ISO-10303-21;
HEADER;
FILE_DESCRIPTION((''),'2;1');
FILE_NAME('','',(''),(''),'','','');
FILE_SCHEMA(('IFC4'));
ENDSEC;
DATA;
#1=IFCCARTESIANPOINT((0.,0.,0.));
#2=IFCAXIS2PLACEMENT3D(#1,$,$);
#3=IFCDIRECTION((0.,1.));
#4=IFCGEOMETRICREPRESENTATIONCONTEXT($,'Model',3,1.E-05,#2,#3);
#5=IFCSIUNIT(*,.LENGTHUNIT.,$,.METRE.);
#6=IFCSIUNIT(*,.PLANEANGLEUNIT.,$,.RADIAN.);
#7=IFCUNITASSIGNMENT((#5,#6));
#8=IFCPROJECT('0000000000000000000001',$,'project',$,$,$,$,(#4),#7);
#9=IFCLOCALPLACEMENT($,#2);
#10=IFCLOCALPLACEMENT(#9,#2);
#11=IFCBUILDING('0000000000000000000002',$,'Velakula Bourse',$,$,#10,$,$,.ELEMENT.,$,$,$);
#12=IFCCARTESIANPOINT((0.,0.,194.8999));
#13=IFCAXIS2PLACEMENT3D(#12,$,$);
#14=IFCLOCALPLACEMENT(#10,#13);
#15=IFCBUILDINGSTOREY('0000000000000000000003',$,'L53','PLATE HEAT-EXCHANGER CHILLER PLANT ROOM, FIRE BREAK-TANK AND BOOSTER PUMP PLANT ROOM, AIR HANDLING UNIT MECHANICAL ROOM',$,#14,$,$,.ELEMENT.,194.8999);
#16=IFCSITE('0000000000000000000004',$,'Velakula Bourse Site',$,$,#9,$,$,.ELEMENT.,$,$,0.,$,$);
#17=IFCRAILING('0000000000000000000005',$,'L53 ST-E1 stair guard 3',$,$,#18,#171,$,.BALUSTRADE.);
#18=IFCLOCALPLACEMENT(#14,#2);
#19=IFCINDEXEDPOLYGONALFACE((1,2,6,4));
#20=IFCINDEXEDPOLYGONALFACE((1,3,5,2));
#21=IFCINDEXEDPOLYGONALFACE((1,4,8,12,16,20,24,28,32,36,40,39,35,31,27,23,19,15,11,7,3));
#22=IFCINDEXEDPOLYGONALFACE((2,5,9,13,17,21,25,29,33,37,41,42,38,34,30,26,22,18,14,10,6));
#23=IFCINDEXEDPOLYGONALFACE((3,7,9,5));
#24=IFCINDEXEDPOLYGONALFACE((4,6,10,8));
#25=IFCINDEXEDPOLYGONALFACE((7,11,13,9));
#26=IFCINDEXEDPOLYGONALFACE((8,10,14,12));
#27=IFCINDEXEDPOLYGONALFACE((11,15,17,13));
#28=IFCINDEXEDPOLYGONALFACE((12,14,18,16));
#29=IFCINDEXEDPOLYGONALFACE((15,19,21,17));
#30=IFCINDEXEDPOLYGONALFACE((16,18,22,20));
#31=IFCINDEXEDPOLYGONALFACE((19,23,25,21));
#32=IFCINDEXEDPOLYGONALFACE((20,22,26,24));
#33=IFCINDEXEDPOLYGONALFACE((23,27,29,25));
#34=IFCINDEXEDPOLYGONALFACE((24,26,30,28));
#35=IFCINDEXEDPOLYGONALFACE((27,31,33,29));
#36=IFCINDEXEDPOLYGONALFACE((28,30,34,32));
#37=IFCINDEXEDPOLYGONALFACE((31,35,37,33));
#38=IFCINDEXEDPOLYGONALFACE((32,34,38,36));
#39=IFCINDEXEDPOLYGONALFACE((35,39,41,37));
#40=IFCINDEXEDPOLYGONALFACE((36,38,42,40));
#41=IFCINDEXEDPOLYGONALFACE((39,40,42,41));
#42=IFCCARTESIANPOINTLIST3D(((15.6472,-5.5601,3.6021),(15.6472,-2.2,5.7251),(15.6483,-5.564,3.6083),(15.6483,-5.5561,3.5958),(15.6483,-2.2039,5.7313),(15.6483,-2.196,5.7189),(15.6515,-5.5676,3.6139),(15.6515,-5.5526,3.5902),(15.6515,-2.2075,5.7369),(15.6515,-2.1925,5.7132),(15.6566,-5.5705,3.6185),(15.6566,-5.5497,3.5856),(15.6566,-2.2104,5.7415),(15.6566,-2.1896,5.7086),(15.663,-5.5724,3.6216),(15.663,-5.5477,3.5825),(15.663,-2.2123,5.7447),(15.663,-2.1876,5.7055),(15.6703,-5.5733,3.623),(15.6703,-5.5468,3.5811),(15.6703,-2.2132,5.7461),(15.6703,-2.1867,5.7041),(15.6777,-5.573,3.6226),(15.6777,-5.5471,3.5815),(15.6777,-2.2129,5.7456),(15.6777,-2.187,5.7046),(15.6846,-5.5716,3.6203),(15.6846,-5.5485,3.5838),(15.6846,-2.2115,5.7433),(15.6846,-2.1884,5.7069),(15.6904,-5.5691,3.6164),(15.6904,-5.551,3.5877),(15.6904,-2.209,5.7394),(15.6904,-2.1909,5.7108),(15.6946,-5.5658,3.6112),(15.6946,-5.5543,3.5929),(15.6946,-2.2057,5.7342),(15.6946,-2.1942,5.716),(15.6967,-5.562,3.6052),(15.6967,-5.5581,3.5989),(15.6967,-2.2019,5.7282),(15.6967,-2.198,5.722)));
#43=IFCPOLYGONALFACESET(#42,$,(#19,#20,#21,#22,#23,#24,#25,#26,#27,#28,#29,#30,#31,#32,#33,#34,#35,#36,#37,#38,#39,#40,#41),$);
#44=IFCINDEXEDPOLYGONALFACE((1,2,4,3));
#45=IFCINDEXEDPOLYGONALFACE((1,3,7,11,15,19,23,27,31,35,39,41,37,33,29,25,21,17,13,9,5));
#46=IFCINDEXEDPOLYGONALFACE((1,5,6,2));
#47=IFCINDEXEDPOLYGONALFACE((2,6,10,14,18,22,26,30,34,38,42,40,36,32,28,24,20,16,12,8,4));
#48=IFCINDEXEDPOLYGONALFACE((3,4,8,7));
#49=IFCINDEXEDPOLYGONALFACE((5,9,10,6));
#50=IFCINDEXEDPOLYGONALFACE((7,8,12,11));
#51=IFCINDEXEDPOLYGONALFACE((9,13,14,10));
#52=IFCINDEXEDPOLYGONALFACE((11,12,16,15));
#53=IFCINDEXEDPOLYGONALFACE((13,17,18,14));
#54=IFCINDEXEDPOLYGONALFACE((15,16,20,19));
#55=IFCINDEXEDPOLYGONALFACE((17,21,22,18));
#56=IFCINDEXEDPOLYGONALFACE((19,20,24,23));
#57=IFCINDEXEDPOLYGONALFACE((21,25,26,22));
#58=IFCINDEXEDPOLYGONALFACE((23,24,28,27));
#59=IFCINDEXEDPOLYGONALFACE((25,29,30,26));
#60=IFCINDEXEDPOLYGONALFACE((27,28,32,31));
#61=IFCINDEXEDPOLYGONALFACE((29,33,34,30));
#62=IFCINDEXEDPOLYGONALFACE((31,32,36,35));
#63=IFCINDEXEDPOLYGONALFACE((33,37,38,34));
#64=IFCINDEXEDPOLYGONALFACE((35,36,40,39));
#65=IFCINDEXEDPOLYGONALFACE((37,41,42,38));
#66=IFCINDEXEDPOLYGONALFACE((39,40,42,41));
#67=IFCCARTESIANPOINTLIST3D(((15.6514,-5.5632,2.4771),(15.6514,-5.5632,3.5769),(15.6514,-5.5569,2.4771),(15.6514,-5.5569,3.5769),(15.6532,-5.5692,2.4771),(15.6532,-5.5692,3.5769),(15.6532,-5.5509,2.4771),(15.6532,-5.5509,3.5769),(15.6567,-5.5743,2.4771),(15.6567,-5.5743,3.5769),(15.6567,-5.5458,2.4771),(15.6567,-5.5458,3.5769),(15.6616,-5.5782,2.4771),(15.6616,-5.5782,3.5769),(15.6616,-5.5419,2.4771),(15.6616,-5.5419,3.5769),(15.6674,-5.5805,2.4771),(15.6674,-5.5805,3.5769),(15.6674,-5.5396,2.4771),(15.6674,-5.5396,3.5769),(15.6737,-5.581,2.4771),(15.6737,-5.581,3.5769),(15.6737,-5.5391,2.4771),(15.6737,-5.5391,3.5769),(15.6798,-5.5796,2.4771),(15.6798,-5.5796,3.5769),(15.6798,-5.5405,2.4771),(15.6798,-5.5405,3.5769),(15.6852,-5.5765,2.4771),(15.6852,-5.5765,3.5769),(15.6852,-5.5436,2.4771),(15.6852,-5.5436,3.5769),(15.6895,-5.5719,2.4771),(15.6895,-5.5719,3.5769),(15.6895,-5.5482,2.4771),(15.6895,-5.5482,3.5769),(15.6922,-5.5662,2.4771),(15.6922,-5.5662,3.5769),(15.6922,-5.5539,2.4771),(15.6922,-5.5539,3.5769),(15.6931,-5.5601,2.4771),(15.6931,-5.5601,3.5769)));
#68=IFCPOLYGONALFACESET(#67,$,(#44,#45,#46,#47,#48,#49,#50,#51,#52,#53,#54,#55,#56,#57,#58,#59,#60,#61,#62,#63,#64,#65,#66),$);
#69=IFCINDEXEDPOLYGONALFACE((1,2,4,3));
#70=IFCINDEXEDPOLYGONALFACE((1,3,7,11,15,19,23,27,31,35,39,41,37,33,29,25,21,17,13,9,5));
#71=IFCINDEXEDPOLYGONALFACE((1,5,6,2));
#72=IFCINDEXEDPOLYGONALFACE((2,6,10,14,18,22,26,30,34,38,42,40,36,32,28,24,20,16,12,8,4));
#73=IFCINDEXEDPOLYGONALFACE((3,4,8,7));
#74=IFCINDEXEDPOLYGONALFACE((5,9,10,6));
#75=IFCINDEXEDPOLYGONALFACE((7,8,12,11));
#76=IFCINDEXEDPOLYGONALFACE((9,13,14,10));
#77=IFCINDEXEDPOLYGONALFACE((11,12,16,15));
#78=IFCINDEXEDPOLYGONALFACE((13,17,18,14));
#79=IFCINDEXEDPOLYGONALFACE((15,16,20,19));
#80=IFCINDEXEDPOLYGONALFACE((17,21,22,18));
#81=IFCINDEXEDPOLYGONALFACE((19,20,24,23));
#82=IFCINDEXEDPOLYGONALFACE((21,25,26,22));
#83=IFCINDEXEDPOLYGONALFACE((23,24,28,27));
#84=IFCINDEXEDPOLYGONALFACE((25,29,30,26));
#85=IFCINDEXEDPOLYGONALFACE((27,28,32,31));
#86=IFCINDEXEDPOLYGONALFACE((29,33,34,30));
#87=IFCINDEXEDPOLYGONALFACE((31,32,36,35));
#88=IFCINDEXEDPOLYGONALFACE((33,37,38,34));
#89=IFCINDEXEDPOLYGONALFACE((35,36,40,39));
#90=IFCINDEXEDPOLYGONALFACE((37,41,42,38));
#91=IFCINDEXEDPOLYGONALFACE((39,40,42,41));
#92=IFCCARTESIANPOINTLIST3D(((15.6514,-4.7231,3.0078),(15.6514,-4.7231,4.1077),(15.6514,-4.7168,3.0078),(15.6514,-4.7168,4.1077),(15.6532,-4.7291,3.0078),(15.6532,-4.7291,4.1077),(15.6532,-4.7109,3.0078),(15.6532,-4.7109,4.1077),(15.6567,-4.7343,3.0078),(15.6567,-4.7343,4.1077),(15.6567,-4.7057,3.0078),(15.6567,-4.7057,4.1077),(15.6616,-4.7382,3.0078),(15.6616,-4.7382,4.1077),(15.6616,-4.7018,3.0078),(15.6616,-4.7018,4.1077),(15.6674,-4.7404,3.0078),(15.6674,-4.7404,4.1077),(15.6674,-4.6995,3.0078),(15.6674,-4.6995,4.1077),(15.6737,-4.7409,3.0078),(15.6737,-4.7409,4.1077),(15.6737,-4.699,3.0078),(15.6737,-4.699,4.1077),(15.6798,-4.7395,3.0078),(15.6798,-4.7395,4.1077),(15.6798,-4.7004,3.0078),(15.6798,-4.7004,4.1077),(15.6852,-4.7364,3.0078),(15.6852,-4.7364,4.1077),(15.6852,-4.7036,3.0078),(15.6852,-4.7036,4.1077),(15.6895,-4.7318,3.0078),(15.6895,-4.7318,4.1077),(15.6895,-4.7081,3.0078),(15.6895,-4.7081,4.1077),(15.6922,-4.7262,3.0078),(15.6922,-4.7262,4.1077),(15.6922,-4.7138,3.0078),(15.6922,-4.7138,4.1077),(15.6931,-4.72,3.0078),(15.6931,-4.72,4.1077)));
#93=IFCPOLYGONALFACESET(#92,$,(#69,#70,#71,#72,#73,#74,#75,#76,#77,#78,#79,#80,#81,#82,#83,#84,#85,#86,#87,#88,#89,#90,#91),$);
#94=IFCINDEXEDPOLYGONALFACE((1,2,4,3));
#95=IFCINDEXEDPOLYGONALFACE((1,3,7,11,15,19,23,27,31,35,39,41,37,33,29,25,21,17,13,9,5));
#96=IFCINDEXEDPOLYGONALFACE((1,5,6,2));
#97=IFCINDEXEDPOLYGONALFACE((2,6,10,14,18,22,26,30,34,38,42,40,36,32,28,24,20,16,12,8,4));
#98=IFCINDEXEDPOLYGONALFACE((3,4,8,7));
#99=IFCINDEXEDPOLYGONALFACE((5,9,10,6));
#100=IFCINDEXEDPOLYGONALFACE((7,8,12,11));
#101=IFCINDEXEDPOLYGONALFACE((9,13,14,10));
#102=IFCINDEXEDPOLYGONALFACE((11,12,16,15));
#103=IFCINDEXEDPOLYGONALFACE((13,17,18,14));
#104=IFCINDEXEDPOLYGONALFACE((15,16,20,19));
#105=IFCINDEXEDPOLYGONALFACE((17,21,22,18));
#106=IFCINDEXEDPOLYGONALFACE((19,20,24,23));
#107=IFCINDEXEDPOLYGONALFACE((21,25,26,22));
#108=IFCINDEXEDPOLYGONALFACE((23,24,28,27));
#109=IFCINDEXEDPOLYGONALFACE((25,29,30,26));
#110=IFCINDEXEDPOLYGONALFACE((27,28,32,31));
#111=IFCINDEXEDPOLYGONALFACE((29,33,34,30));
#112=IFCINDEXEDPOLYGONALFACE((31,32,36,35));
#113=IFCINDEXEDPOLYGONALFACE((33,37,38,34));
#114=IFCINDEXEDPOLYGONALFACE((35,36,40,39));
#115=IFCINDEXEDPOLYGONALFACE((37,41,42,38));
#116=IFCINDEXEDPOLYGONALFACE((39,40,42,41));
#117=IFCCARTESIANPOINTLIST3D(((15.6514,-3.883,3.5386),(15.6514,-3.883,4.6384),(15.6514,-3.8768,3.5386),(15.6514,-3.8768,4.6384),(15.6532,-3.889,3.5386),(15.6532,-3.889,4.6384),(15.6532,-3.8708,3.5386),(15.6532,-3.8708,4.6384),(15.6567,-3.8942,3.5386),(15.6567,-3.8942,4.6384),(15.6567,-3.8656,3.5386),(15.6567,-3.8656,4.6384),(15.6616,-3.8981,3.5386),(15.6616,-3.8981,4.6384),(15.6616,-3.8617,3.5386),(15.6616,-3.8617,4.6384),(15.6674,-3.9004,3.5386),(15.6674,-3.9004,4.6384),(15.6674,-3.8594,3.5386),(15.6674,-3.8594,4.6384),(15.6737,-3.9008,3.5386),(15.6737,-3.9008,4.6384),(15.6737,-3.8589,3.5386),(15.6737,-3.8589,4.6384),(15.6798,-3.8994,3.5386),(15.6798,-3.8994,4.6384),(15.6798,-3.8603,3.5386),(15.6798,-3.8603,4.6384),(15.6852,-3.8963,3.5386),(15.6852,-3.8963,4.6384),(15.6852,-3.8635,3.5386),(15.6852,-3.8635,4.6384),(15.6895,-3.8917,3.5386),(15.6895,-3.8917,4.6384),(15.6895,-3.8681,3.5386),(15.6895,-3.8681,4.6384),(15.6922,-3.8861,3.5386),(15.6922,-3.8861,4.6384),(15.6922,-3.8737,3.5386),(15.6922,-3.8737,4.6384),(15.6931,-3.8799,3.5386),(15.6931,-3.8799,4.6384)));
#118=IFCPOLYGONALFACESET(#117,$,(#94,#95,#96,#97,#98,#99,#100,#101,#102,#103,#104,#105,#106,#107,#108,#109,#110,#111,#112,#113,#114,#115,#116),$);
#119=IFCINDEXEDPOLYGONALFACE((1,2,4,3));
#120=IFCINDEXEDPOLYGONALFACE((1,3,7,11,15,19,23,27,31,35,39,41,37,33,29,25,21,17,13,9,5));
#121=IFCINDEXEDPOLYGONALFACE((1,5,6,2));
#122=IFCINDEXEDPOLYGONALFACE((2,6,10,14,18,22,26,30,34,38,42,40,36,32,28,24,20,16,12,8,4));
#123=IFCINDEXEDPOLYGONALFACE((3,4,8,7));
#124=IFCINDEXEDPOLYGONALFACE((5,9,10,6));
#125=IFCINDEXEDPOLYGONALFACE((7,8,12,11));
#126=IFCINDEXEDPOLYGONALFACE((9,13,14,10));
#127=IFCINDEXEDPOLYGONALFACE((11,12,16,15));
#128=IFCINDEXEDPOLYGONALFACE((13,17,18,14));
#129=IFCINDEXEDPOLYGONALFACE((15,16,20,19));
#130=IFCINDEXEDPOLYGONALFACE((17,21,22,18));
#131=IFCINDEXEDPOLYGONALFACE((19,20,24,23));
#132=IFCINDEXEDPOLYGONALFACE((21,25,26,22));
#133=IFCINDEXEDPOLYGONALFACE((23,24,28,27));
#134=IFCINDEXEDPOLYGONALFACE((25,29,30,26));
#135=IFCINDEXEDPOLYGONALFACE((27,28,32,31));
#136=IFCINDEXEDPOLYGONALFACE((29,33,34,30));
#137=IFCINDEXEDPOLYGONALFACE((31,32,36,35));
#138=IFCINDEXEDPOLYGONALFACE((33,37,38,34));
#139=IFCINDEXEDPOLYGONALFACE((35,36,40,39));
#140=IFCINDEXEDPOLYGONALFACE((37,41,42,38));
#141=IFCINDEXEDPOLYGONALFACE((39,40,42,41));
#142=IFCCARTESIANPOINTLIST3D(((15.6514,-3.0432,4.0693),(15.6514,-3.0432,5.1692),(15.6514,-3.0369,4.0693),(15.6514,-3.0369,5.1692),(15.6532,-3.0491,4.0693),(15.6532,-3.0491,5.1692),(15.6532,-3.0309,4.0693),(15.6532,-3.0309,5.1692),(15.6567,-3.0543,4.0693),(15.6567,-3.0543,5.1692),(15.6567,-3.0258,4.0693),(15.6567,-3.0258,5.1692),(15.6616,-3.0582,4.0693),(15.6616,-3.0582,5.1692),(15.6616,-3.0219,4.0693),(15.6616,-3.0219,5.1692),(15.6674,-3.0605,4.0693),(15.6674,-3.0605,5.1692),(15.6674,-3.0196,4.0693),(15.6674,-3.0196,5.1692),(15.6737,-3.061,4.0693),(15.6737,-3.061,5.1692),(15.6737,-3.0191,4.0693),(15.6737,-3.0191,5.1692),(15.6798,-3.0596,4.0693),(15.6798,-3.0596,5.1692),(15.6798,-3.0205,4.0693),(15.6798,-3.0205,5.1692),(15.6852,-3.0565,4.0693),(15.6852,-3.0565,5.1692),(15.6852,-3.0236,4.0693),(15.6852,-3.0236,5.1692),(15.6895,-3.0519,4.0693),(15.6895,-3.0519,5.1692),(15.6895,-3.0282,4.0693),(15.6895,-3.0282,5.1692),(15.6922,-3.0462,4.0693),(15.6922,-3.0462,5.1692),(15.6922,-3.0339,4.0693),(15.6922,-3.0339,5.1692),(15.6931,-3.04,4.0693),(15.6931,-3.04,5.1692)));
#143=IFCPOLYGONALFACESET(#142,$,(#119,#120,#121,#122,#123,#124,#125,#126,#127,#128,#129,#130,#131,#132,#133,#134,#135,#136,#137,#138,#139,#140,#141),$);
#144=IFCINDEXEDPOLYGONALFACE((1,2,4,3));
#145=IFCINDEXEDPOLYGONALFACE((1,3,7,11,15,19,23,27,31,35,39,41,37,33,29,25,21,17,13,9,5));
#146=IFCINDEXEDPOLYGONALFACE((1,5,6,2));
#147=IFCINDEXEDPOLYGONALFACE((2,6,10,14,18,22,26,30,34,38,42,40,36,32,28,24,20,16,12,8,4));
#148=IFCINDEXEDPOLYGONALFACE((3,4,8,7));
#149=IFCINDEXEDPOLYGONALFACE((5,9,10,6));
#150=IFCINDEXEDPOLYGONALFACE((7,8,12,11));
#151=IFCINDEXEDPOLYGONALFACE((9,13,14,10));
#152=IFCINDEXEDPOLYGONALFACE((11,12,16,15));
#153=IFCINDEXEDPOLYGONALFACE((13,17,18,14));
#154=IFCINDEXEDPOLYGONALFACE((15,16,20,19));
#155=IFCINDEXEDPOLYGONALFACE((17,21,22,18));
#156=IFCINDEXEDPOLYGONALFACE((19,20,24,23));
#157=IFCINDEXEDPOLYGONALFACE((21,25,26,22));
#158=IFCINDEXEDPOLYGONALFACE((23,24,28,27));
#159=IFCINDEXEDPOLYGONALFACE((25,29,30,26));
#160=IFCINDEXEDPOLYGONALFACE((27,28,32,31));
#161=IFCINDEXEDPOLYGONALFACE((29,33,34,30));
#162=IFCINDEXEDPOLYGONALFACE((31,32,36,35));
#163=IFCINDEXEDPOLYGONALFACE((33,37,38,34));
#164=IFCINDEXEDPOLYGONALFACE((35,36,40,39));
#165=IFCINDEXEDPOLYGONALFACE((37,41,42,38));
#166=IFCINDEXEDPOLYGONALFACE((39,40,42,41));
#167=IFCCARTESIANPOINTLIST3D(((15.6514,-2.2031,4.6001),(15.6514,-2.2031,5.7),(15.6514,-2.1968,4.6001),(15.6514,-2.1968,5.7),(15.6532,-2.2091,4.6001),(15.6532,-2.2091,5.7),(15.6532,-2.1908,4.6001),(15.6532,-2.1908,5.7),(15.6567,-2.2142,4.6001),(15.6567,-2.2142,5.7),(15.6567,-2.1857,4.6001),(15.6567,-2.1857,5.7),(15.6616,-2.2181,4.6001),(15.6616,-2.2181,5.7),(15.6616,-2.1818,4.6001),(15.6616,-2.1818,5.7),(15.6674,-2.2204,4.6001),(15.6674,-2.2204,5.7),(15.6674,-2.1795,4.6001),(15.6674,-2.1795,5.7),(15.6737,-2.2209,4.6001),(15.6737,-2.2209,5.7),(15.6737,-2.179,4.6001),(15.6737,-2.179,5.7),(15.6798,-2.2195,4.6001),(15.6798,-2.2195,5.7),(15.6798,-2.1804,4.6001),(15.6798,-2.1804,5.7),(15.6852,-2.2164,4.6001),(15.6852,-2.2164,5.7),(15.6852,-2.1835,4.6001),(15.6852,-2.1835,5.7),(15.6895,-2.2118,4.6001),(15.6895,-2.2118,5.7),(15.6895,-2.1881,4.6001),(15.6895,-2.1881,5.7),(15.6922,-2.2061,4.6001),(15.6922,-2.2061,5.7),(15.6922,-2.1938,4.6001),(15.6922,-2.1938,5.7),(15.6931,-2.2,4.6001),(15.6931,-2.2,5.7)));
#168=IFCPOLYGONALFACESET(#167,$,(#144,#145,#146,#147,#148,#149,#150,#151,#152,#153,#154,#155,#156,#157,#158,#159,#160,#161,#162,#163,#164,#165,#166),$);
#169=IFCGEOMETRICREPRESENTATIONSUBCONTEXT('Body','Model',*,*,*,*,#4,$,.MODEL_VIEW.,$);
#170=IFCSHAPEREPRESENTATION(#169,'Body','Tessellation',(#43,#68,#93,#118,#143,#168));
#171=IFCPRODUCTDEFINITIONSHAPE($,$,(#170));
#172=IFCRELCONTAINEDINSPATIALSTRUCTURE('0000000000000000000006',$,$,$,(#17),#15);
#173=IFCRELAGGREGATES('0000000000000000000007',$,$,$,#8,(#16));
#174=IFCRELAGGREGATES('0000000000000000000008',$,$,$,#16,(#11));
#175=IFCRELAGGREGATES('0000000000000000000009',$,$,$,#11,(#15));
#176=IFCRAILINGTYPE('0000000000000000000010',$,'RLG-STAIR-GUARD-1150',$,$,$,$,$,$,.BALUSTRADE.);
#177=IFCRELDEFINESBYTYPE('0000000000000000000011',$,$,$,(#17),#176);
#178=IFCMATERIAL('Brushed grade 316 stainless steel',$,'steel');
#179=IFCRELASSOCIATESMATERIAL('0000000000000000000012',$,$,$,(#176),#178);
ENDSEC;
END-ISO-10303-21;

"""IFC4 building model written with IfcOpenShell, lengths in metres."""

from ifc_helpers import new_model, si_unit, direction, frame, origin, origin_2d, place, context, subcontext, project, spatial, circle, extrude, material, type_object, element, save


model = new_model("IFC4")

# Units and contexts
model_context = context("Model", 3, precision=1e-05, world=origin(), true_north=direction((0.0, 1.0)))
body_context = subcontext(model_context, "Body", "Model", "MODEL_VIEW")
ifc_project = project(units=[si_unit("LENGTHUNIT", "METRE"), si_unit("PLANEANGLEUNIT", "RADIAN")], contexts=[model_context])

# Site, building, storey
site_placement = place(None, origin())
site = spatial("IfcSite", under=ifc_project, at=site_placement, Name="Velakula Bourse Site", CompositionType="ELEMENT", RefElevation=0.0)
building_placement = place(site_placement, origin())
building = spatial("IfcBuilding", under=site, at=building_placement, Name="Velakula Bourse", CompositionType="ELEMENT")
storey_placement = place(building_placement, frame((0.0, 0.0, 194.8999)))
storey = spatial("IfcBuildingStorey", under=building, at=storey_placement, Name="L53", Description="PLATE HEAT-EXCHANGER CHILLER PLANT ROOM, FIRE BREAK-TANK AND BOOSTER PUMP PLANT ROOM, AIR HANDLING UNIT MECHANICAL ROOM", CompositionType="ELEMENT", Elevation=194.8999)

# Railing
ifc_material_1 = material(Name="Brushed grade 316 stainless steel", Category="steel")
railing_type_1 = type_object("IfcRailingType", Name="RLG-STAIR-GUARD-1150", PredefinedType="BALUSTRADE", material=ifc_material_1)
railing_1_placement = place(storey_placement, frame((15.6721, -5.5601, 2.4771)))
element("IfcRailing", 1, at=railing_1_placement, inside=storey, type_object=railing_type_1, Name="L53 ST-E1 stair guard 3", PredefinedType="BALUSTRADE", context=body_context, shape_type="SweptSolid", body=[
    extrude(circle(Radius=0.0249, at=origin_2d()), frame((0.0, 0.0, 1.125), z_axis=(0.0, 0.84539, 0.53415), x_axis=(-1.0, 0.0, 0.0)), (0.0, 0.0, 1.0), 3.9746),
    extrude(circle(Radius=0.021, at=origin_2d()), origin(), (0.0, 0.0, 1.0), 1.0999),
    extrude(circle(Radius=0.021, at=origin_2d()), frame((0.0, 0.8401, 0.5308)), (0.0, 0.0, 1.0), 1.0999),
    extrude(circle(Radius=0.021, at=origin_2d()), frame((0.0, 1.6802, 1.0615)), (0.0, 0.0, 1.0), 1.0999),
    extrude(circle(Radius=0.021, at=origin_2d()), frame((0.0, 2.52, 1.5923)), (0.0, 0.0, 1.0), 1.0999),
    extrude(circle(Radius=0.021, at=origin_2d()), frame((0.0, 3.3601, 2.123)), (0.0, 0.0, 1.0), 1.0999),
])

save(model, "model.ifc")
